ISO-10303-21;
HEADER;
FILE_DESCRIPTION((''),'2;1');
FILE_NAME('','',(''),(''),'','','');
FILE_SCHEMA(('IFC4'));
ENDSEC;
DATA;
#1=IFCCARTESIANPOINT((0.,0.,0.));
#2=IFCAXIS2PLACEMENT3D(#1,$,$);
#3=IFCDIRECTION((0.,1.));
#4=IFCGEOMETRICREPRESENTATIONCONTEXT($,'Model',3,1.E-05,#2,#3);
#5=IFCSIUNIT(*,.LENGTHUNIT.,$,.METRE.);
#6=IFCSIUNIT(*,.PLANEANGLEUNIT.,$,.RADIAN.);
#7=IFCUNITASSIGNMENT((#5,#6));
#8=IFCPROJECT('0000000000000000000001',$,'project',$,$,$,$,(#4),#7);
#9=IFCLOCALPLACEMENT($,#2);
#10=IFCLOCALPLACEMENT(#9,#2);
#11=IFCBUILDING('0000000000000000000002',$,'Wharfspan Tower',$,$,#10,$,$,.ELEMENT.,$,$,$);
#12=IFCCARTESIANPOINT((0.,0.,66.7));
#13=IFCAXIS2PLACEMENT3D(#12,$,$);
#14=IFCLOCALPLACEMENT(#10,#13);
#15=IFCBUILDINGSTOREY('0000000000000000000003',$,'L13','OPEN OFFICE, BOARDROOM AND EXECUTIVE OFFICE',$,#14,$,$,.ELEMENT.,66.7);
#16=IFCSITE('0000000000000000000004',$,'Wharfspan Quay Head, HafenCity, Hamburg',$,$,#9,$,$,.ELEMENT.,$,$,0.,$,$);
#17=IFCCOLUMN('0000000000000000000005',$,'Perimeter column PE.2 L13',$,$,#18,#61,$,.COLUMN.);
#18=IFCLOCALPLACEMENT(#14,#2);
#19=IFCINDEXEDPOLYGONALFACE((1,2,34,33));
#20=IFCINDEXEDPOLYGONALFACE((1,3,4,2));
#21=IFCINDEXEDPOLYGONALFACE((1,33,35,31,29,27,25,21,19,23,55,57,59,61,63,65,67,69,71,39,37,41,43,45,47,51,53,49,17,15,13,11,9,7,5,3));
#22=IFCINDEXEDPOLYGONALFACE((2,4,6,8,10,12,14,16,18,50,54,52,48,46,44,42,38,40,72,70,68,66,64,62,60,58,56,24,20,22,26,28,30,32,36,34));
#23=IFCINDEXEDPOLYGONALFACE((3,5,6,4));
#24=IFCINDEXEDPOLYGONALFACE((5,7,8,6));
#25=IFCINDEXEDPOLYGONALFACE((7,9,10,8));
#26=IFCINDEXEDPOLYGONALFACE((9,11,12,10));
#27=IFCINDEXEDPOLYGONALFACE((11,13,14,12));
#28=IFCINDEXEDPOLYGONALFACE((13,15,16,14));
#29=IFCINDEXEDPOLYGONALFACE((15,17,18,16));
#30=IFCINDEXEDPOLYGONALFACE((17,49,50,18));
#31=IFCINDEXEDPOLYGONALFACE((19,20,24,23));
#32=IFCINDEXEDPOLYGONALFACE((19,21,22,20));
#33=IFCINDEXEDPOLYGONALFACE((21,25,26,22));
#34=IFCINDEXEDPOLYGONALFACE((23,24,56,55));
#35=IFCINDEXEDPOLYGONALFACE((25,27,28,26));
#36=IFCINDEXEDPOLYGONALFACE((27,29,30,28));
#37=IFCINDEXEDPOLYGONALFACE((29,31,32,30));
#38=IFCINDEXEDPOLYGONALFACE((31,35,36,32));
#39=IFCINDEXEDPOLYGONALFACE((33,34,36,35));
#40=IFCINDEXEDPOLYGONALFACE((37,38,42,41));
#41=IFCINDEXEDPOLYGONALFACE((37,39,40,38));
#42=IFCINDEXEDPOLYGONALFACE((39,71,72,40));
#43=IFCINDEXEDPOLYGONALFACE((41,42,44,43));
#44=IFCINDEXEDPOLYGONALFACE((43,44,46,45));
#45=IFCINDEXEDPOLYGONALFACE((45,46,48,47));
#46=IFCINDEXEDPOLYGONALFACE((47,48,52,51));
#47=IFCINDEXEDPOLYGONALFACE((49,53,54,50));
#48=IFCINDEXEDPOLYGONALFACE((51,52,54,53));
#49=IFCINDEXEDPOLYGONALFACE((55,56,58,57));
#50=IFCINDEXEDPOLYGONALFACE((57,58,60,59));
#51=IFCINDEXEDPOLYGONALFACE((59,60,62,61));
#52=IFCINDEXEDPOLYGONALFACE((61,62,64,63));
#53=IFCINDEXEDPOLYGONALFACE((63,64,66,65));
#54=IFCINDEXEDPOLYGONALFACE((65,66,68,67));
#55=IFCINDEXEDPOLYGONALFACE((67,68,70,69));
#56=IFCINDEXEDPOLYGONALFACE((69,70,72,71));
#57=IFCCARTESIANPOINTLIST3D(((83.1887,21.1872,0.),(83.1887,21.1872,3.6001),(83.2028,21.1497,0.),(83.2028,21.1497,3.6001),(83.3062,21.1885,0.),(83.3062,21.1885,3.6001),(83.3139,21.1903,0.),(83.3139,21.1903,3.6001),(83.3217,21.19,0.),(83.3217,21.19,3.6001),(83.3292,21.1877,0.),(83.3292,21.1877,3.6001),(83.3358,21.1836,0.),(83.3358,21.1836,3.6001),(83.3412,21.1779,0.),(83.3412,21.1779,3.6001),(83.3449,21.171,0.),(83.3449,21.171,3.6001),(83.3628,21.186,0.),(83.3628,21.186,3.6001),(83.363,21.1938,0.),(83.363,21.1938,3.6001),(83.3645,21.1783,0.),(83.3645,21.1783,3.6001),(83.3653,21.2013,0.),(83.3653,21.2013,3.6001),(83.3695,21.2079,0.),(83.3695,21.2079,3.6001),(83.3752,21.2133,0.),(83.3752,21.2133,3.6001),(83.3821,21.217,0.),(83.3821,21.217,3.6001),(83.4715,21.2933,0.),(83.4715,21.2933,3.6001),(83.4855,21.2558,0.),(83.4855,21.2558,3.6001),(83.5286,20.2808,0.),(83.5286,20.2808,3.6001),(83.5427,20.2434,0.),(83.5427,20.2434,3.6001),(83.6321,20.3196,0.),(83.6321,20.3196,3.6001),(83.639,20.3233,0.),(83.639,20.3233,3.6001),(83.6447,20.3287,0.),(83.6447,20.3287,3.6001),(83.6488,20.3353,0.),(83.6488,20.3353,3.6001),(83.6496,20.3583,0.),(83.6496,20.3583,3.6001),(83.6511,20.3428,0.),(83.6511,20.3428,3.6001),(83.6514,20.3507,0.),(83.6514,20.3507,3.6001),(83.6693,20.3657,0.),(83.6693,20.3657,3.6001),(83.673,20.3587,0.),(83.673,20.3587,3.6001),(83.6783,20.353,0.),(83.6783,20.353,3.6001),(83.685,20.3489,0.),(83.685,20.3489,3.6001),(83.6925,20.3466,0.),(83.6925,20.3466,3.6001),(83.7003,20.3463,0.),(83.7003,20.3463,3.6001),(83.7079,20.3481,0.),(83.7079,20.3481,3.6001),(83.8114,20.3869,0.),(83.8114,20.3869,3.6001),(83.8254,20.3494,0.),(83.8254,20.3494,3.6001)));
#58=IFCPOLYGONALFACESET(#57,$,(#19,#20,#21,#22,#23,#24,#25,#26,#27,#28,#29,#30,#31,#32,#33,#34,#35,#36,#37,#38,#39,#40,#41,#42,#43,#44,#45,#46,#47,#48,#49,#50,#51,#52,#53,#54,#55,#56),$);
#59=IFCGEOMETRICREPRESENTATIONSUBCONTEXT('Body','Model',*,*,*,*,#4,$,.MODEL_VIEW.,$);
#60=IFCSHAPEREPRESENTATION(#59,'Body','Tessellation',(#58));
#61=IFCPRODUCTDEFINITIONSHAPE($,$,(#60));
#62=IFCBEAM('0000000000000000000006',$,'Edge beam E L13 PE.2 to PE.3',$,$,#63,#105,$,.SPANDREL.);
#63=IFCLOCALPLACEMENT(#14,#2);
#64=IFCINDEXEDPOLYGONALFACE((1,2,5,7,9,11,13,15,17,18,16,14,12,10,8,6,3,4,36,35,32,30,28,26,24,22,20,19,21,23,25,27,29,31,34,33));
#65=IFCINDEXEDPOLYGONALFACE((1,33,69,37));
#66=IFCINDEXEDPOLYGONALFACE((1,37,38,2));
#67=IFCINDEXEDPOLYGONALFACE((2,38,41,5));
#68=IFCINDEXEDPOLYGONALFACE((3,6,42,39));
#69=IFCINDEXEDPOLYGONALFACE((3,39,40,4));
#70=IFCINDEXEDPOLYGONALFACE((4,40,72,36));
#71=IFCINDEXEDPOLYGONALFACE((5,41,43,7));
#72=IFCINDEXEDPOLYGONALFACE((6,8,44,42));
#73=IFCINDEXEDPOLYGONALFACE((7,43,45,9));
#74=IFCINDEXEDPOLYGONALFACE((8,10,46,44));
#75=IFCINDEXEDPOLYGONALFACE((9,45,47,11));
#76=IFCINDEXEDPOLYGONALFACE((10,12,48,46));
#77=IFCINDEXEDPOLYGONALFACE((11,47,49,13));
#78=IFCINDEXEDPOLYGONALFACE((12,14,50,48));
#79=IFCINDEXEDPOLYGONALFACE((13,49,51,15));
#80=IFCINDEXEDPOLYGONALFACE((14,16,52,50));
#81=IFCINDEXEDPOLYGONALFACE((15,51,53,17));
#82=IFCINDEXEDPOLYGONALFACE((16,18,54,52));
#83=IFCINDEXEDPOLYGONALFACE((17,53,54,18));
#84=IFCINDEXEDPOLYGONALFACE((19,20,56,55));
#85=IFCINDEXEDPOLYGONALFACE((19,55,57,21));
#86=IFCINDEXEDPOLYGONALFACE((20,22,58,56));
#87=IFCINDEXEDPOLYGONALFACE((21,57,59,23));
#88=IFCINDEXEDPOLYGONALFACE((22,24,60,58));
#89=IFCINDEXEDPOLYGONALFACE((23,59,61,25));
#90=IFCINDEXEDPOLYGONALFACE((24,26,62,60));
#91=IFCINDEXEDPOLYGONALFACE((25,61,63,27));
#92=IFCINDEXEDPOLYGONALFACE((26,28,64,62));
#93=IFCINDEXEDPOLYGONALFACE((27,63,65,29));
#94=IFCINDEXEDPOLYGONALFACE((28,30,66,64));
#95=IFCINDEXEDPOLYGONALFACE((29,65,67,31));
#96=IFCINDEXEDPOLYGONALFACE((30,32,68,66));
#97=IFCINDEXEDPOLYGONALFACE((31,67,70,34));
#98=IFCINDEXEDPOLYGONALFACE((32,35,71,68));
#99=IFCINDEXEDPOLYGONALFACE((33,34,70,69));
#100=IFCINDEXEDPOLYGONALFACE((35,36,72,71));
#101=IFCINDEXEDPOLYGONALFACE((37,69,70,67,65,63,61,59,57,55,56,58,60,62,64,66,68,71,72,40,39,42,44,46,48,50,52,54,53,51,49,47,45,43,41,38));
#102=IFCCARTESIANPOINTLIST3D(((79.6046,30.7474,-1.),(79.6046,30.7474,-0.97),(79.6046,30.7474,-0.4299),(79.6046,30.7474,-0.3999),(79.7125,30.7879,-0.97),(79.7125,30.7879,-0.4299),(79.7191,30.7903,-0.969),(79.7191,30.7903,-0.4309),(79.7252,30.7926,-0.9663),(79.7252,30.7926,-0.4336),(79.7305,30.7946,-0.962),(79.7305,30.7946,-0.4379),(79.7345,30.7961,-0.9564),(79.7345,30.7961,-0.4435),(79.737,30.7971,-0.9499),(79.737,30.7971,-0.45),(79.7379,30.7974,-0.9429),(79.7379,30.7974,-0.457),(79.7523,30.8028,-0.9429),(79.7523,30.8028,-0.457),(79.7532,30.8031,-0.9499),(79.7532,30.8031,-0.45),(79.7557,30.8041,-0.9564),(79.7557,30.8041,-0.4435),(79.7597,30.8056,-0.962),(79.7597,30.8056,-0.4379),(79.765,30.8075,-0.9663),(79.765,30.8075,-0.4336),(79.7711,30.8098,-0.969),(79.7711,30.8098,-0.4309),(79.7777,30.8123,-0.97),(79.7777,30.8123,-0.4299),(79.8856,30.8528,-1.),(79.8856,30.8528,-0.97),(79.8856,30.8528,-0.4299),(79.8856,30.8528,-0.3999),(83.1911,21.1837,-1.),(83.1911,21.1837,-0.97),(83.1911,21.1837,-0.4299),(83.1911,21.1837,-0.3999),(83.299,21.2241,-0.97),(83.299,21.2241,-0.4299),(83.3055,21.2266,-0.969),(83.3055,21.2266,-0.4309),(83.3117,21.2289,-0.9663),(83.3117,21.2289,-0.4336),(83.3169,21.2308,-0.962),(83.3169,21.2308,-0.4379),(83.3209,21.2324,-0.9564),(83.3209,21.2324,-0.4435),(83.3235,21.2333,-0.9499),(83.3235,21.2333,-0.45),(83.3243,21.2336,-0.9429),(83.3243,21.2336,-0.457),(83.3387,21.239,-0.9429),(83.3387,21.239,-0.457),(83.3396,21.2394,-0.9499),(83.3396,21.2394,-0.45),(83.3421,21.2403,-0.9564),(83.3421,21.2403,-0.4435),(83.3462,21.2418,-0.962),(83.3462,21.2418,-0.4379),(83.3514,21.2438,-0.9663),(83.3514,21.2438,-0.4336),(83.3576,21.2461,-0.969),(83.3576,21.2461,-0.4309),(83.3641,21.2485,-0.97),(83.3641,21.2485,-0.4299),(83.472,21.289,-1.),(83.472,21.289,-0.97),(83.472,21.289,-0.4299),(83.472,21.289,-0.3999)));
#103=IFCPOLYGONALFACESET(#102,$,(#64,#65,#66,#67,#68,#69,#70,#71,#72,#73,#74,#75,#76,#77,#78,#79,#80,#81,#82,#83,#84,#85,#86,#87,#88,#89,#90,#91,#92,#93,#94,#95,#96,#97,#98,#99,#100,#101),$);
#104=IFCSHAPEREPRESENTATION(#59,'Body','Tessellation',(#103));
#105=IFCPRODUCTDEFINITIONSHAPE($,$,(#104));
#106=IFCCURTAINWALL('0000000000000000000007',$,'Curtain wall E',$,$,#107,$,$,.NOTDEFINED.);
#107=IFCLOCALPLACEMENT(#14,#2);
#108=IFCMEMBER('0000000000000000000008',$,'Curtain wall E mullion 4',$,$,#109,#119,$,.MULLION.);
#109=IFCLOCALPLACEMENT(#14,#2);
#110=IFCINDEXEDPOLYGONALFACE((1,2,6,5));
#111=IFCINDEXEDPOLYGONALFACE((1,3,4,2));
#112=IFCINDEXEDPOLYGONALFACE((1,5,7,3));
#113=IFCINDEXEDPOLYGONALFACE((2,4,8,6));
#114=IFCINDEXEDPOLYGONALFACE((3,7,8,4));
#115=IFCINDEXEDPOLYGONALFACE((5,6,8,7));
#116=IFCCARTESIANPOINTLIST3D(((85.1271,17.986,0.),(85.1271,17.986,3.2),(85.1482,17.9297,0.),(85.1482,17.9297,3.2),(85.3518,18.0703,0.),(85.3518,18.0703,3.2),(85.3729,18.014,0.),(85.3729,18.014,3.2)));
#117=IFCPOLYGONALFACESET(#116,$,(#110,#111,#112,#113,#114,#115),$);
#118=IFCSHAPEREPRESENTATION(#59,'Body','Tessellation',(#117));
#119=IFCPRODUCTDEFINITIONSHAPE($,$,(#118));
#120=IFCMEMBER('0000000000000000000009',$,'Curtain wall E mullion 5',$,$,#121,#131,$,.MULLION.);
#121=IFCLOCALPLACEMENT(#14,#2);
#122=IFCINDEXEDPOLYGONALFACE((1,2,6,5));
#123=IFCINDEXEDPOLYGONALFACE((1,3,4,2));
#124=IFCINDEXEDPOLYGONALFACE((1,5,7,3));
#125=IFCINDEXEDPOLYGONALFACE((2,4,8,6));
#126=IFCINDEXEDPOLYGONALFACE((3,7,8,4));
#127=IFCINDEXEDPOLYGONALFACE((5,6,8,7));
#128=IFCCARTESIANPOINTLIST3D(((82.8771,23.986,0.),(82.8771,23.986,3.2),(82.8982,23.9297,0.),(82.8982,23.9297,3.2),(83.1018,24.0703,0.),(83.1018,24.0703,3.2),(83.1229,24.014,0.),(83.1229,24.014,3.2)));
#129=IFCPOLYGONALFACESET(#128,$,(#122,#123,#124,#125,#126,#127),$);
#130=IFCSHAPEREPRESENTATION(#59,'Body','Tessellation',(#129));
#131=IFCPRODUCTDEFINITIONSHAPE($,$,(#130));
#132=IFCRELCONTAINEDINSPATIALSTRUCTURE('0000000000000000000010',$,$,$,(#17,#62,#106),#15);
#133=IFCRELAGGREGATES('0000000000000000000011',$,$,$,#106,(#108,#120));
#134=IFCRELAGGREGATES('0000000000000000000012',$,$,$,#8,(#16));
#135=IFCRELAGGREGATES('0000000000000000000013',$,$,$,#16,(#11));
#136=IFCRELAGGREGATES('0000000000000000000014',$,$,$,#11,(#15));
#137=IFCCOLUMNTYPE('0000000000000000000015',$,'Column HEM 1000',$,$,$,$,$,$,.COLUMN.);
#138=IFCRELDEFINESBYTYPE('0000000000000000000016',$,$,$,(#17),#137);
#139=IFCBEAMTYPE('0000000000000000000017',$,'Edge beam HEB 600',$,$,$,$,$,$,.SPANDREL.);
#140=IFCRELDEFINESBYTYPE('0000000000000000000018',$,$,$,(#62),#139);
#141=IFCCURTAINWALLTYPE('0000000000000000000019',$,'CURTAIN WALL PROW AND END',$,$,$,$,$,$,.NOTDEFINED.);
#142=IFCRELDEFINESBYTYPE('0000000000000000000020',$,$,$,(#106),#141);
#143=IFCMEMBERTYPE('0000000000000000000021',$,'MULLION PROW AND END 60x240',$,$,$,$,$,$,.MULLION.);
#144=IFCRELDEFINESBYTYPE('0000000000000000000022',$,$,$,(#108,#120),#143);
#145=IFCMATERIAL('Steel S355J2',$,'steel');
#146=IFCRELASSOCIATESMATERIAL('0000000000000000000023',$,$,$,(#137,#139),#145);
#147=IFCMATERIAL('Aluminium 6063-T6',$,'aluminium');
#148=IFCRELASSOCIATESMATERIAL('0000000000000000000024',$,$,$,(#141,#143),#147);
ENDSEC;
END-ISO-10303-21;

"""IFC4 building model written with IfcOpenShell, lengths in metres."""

from ifc_helpers import new_model, si_unit, direction, frame, origin, origin_2d, place, context, subcontext, project, spatial, rectangle, i_section, extrude, material, material_profile, profile_set, type_object, element, aggregate, save


model = new_model("IFC4")

# Units and contexts
model_context = context("Model", 3, precision=1e-05, world=origin(), true_north=direction((0.0, 1.0)))
body_context = subcontext(model_context, "Body", "Model", "MODEL_VIEW")
ifc_project = project(units=[si_unit("LENGTHUNIT", "METRE"), si_unit("PLANEANGLEUNIT", "RADIAN")], contexts=[model_context])

# Site, building, storey
site_placement = place(None, origin())
site = spatial("IfcSite", under=ifc_project, at=site_placement, Name="Wharfspan Quay Head, HafenCity, Hamburg", CompositionType="ELEMENT", RefElevation=0.0)
building_placement = place(site_placement, origin())
building = spatial("IfcBuilding", under=site, at=building_placement, Name="Wharfspan Tower", CompositionType="ELEMENT")
storey_placement = place(building_placement, frame((0.0, 0.0, 66.7)))
storey = spatial("IfcBuildingStorey", under=building, at=storey_placement, Name="L13", Description="OPEN OFFICE, BOARDROOM AND EXECUTIVE OFFICE", CompositionType="ELEMENT", Elevation=66.7)

# Column
ifc_material_1 = material(Name="Steel S355J2", Category="steel")
ifc_material_profile_1 = material_profile(ifc_material_1, i_section(OverallWidth=0.302, OverallDepth=1.0081, WebThickness=0.021, FlangeThickness=0.04, FilletRadius=0.03, at=origin_2d()))
ifc_profile_set_1 = profile_set([ifc_material_profile_1], Name="Steel S355J2")
column_type = type_object("IfcColumnType", Name="Column HEM 1000", PredefinedType="COLUMN", material=ifc_profile_set_1)
column_placement = place(storey_placement, frame((83.5071, 20.7683, 0.0), z_axis=(0.0, 0.0, 1.0), x_axis=(0.936328, 0.351123, 0.0)))
element("IfcColumn", 1, at=column_placement, inside=storey, type_object=column_type, Name="Perimeter column PE.2 L13", PredefinedType="COLUMN", context=body_context, shape_type="SweptSolid", body=[
    extrude(i_section(OverallWidth=0.302, OverallDepth=1.0081, WebThickness=0.021, FlangeThickness=0.04, FilletRadius=0.03, at=origin_2d()), origin(), (0.0, 0.0, 1.0), 3.6001),
])

# Beam
ifc_material_profile_2 = material_profile(ifc_material_1, i_section(OverallWidth=0.3, OverallDepth=0.6001, WebThickness=0.0154, FlangeThickness=0.03, FilletRadius=0.0271, at=origin_2d()))
ifc_profile_set_2 = profile_set([ifc_material_profile_2], Name="Steel S355J2")
beam_type = type_object("IfcBeamType", Name="Edge beam HEB 600", PredefinedType="SPANDREL", material=ifc_profile_set_2)
beam_placement = place(storey_placement, frame((83.3315, 21.2363, -0.7), z_axis=(-0.351126, 0.936328, 0.0), x_axis=(-0.936328, -0.351126, 0.0)))
element("IfcBeam", 2, at=beam_placement, inside=storey, type_object=beam_type, Name="Edge beam E L13 PE.2 to PE.3", PredefinedType="SPANDREL", context=body_context, shape_type="SweptSolid", body=[
    extrude(i_section(OverallWidth=0.3, OverallDepth=0.6001, WebThickness=0.0154, FlangeThickness=0.03, FilletRadius=0.0271, at=origin_2d()), origin(), (0.0, 0.0, 1.0), 10.2141),
])

# Curtain wall, members
ifc_material_2 = material(Name="Aluminium 6063-T6", Category="aluminium")
curtain_wall_type = type_object("IfcCurtainWallType", Name="CURTAIN WALL PROW AND END", PredefinedType="NOTDEFINED", material=ifc_material_2)
curtain_wall_placement = place(storey_placement, origin())
curtain_wall = element("IfcCurtainWall", 3, at=curtain_wall_placement, inside=storey, type_object=curtain_wall_type, Name="Curtain wall E", PredefinedType="NOTDEFINED")
ifc_material_profile_3 = material_profile(ifc_material_2, rectangle(XDim=0.24, YDim=0.0601, at=origin_2d()))
ifc_profile_set_3 = profile_set([ifc_material_profile_3], Name="Aluminium 6063-T6")
member_type_1 = type_object("IfcMemberType", Name="MULLION PROW AND END 60x240", PredefinedType="MULLION", material=ifc_profile_set_3)
member_1_placement = place(storey_placement, frame((85.25, 18.0, 0.0), z_axis=(0.0, 0.0, 1.0), x_axis=(-0.936328, -0.351123, 0.0)))
member_1 = element("IfcMember", 4, at=member_1_placement, type_object=member_type_1, Name="Curtain wall E mullion 4", PredefinedType="MULLION", context=body_context, shape_type="SweptSolid", body=[
    extrude(rectangle(XDim=0.24, YDim=0.0601, at=origin_2d()), origin(), (0.0, 0.0, 1.0), 3.2),
])
member_2_placement = place(storey_placement, frame((83.0, 24.0, 0.0), z_axis=(0.0, 0.0, 1.0), x_axis=(-0.936328, -0.351123, 0.0)))
member_2 = element("IfcMember", 5, at=member_2_placement, type_object=member_type_1, Name="Curtain wall E mullion 5", PredefinedType="MULLION", context=body_context, shape_type="SweptSolid", body=[
    extrude(rectangle(XDim=0.24, YDim=0.0601, at=origin_2d()), origin(), (0.0, 0.0, 1.0), 3.2),
])

aggregate(curtain_wall, [member_1, member_2])

save(model, "model.ifc")
